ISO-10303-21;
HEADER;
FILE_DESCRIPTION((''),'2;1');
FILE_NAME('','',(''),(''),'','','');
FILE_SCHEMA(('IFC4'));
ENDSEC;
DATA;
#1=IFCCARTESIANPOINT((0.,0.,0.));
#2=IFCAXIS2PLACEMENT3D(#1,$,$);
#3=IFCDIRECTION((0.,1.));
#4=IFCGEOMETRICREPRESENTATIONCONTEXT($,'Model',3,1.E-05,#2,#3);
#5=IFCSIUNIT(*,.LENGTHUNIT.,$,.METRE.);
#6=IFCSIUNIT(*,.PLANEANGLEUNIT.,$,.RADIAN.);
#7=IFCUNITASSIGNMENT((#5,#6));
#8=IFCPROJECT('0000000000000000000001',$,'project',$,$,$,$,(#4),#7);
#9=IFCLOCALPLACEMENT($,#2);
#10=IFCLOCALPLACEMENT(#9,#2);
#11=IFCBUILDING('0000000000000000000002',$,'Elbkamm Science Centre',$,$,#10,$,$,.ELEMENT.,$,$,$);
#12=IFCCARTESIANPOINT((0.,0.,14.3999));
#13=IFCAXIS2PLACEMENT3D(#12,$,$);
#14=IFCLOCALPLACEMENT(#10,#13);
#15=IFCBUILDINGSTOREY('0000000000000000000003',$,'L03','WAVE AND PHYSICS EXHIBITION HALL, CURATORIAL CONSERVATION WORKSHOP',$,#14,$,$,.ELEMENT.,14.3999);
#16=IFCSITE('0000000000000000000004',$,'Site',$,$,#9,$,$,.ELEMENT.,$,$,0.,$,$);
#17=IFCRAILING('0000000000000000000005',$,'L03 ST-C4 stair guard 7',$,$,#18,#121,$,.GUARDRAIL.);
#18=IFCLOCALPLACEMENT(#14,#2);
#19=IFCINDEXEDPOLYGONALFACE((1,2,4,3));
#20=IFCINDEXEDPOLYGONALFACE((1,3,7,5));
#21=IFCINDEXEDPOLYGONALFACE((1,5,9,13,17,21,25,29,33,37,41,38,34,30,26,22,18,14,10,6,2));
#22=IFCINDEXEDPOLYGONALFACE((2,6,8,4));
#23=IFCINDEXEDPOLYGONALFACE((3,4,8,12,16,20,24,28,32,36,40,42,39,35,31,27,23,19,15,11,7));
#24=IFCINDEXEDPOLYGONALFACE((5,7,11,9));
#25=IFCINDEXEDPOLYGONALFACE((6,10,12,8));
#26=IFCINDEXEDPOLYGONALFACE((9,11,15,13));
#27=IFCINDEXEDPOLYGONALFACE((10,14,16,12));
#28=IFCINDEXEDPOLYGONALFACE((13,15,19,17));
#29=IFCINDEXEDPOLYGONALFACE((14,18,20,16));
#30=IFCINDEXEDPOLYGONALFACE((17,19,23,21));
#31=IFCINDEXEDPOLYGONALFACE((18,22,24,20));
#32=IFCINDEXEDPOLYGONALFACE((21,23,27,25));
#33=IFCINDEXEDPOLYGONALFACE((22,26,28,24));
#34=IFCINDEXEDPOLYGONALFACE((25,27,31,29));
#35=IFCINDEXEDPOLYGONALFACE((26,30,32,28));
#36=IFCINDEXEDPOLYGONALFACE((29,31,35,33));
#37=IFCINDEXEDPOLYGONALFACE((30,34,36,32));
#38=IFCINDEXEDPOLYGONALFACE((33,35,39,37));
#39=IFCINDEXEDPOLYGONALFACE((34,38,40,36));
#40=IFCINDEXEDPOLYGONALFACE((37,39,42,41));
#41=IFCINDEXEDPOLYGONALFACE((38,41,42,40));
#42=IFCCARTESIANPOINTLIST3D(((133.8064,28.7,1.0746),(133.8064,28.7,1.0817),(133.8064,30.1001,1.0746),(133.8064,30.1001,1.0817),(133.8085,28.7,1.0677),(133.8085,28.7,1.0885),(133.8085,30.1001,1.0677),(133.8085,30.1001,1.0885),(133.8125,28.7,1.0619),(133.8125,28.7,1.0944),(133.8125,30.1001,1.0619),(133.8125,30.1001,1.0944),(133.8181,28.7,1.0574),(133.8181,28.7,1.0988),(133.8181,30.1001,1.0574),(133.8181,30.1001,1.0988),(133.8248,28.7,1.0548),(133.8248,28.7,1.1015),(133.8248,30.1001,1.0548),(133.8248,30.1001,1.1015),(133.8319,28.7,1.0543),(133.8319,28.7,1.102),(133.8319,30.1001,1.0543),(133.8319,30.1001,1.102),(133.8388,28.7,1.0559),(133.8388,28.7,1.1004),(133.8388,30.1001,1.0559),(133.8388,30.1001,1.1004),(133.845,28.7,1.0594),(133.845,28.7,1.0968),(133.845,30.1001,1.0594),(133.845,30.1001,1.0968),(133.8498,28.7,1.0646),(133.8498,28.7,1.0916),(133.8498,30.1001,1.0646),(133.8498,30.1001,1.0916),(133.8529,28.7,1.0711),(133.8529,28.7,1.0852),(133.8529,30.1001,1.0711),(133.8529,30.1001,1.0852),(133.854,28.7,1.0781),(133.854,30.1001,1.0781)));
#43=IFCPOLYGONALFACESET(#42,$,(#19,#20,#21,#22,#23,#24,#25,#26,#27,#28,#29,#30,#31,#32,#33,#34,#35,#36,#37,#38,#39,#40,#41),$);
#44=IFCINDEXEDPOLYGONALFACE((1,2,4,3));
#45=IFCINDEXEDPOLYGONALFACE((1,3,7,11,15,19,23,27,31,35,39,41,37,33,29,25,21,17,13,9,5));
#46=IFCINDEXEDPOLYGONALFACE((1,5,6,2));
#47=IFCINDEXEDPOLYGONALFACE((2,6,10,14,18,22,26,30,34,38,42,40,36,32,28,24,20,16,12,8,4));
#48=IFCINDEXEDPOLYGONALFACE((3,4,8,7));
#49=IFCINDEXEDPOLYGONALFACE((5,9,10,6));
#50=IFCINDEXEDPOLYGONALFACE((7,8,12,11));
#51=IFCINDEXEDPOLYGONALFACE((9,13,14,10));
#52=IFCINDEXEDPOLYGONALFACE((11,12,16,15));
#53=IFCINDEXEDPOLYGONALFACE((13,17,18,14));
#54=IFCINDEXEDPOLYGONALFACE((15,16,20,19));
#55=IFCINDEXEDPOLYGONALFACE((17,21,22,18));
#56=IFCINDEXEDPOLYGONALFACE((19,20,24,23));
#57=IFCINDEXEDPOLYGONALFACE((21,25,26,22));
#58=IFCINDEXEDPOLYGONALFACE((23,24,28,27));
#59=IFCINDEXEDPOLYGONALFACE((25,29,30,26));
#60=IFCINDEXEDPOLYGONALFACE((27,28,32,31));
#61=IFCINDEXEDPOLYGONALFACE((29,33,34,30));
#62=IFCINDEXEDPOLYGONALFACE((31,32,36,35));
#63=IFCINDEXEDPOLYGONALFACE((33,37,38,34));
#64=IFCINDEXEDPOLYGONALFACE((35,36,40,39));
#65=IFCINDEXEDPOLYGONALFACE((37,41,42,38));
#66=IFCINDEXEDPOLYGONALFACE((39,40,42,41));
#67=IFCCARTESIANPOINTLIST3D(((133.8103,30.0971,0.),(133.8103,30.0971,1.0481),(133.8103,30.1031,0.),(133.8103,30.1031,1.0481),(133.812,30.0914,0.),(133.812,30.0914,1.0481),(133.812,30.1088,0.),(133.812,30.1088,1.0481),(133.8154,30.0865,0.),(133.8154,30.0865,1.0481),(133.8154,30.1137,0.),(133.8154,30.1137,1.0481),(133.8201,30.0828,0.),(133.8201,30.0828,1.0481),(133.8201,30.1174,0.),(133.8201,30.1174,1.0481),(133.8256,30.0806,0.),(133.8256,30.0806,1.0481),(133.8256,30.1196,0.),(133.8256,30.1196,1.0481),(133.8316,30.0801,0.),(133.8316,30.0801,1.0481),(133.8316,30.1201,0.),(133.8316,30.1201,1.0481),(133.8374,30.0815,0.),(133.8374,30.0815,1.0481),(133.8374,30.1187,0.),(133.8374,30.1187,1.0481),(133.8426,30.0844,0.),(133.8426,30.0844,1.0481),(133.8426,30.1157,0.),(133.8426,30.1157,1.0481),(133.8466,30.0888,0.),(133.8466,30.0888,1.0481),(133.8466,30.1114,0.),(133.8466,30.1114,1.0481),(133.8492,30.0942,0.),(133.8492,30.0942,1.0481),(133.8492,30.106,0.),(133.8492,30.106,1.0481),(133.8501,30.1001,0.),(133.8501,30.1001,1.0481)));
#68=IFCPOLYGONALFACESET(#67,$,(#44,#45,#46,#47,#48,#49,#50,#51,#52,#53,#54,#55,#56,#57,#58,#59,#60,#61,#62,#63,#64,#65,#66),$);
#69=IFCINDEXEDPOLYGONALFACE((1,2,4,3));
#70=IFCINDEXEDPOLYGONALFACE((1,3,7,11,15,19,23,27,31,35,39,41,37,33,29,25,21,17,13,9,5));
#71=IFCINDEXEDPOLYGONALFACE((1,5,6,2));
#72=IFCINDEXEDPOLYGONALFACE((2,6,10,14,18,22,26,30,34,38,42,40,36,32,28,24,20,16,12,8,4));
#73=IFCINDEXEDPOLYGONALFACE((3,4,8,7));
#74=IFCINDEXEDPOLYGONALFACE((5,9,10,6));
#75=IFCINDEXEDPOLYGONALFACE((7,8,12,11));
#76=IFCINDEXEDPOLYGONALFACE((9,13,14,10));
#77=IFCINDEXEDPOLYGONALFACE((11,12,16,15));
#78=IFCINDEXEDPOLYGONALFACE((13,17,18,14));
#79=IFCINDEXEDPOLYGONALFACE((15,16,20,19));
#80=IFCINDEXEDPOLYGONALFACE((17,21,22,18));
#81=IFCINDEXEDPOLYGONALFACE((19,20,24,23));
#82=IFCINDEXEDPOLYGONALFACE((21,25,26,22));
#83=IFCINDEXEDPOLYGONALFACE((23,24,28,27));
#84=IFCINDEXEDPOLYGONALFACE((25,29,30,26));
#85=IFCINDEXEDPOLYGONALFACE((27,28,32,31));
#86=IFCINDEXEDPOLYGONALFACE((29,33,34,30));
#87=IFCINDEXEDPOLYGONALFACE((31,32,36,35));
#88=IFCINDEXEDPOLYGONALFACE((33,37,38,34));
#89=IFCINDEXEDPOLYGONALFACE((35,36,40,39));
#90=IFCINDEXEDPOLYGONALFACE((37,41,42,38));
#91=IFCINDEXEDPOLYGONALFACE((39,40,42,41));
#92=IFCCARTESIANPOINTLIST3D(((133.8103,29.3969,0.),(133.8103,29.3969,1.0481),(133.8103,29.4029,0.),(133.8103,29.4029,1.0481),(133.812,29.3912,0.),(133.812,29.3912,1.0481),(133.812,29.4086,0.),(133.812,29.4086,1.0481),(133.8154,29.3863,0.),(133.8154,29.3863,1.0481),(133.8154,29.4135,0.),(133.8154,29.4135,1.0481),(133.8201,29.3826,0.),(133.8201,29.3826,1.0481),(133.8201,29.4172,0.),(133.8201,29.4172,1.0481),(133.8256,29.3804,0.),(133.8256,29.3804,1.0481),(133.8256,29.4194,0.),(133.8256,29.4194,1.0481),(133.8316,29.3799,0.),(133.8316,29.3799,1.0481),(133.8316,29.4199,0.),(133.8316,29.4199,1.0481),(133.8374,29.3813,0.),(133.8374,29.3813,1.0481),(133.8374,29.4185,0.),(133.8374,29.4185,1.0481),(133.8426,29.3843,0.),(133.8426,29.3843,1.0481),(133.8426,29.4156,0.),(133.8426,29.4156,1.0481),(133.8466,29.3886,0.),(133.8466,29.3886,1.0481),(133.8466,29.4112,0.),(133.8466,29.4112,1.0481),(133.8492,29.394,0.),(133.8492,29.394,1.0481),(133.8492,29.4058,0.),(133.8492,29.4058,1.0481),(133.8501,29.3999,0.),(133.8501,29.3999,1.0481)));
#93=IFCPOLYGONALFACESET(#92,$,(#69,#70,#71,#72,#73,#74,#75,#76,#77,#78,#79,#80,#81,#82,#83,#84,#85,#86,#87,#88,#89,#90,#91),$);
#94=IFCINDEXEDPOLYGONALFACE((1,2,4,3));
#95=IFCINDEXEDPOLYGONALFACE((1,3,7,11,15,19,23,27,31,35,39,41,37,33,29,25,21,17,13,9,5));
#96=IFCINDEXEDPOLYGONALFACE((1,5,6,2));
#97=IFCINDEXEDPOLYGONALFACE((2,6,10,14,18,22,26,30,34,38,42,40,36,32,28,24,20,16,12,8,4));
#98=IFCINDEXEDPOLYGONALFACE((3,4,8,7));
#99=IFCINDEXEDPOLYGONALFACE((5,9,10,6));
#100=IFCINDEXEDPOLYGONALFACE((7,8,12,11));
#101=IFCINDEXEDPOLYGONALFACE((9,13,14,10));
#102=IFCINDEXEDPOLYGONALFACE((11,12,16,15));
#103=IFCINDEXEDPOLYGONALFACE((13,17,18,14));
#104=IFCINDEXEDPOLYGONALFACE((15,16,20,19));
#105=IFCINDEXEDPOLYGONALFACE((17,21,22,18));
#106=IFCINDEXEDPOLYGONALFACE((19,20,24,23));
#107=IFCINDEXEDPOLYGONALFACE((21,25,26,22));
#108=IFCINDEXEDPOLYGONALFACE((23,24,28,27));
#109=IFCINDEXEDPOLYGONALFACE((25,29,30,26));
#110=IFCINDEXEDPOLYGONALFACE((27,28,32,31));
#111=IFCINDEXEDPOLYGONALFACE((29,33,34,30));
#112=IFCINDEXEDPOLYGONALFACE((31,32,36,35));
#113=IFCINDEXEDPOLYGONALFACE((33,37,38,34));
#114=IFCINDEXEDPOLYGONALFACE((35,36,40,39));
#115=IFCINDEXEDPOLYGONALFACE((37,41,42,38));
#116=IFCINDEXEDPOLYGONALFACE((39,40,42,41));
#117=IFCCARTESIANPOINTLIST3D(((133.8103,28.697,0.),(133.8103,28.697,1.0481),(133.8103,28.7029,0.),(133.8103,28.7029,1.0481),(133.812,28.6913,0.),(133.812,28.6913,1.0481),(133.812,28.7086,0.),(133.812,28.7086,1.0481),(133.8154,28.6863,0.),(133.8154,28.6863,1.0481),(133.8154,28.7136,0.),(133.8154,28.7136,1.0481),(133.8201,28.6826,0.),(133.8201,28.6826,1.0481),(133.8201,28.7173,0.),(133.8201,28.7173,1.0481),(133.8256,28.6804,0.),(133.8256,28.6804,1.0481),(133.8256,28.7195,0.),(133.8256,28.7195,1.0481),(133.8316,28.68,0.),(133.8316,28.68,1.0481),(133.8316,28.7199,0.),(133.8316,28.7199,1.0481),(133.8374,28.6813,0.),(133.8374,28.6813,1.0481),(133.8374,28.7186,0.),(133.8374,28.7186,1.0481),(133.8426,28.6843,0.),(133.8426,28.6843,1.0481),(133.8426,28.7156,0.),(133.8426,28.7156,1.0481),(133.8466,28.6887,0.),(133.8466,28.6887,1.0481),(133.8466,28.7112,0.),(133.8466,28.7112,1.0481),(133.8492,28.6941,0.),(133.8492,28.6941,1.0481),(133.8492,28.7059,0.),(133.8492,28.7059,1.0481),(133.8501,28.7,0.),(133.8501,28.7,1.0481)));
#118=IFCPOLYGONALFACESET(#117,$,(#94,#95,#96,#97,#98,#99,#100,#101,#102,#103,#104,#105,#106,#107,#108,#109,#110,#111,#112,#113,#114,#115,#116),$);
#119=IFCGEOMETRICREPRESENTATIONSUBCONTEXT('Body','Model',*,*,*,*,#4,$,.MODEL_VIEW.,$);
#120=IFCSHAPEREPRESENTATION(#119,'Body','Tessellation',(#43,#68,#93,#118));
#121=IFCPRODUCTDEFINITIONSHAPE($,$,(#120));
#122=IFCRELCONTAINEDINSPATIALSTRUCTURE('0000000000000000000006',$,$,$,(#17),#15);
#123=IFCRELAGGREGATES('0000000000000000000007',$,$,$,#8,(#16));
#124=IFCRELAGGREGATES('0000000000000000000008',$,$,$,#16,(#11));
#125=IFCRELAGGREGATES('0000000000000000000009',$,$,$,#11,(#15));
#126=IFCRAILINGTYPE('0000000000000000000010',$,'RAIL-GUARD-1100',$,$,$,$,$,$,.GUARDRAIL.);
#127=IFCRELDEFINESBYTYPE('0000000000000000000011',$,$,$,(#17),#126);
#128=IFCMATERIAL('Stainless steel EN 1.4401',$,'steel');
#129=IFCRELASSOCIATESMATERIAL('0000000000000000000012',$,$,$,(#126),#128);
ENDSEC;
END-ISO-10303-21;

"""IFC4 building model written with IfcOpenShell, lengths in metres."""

from ifc_helpers import new_model, si_unit, direction, frame, origin, origin_2d, place, context, subcontext, project, spatial, circle, extrude, material, type_object, element, save


model = new_model("IFC4")

# Units and contexts
model_context = context("Model", 3, precision=1e-05, world=origin(), true_north=direction((0.0, 1.0)))
body_context = subcontext(model_context, "Body", "Model", "MODEL_VIEW")
ifc_project = project(units=[si_unit("LENGTHUNIT", "METRE"), si_unit("PLANEANGLEUNIT", "RADIAN")], contexts=[model_context])

# Site, building, storey
site_placement = place(None, origin())
site = spatial("IfcSite", under=ifc_project, at=site_placement, Name="Site", CompositionType="ELEMENT", RefElevation=0.0)
building_placement = place(site_placement, origin())
building = spatial("IfcBuilding", under=site, at=building_placement, Name="Elbkamm Science Centre", CompositionType="ELEMENT")
storey_placement = place(building_placement, frame((0.0, 0.0, 14.3999)))
storey = spatial("IfcBuildingStorey", under=building, at=storey_placement, Name="L03", Description="WAVE AND PHYSICS EXHIBITION HALL, CURATORIAL CONSERVATION WORKSHOP", CompositionType="ELEMENT", Elevation=14.3999)

# Railing
ifc_material_1 = material(Name="Stainless steel EN 1.4401", Category="steel")
railing_type_1 = type_object("IfcRailingType", Name="RAIL-GUARD-1100", PredefinedType="GUARDRAIL", material=ifc_material_1)
railing_1_placement = place(storey_placement, frame((133.8301, 30.1001, 0.0)))
element("IfcRailing", 1, at=railing_1_placement, inside=storey, type_object=railing_type_1, Name="L03 ST-C4 stair guard 7", PredefinedType="GUARDRAIL", context=body_context, shape_type="SweptSolid", body=[
    extrude(circle(Radius=0.0239, at=origin_2d()), frame((0.0, 0.0, 1.0781), z_axis=(0.0, -1.0, 0.0), x_axis=(1.0, 0.0, 0.0)), (0.0, 0.0, 1.0), 1.4001),
    extrude(circle(Radius=0.02, at=origin_2d()), origin(), (0.0, 0.0, 1.0), 1.0481),
    extrude(circle(Radius=0.02, at=origin_2d()), frame((0.0, -0.7002, 0.0)), (0.0, 0.0, 1.0), 1.0481),
    extrude(circle(Radius=0.02, at=origin_2d()), frame((0.0, -1.4001, 0.0)), (0.0, 0.0, 1.0), 1.0481),
])

save(model, "model.ifc")
